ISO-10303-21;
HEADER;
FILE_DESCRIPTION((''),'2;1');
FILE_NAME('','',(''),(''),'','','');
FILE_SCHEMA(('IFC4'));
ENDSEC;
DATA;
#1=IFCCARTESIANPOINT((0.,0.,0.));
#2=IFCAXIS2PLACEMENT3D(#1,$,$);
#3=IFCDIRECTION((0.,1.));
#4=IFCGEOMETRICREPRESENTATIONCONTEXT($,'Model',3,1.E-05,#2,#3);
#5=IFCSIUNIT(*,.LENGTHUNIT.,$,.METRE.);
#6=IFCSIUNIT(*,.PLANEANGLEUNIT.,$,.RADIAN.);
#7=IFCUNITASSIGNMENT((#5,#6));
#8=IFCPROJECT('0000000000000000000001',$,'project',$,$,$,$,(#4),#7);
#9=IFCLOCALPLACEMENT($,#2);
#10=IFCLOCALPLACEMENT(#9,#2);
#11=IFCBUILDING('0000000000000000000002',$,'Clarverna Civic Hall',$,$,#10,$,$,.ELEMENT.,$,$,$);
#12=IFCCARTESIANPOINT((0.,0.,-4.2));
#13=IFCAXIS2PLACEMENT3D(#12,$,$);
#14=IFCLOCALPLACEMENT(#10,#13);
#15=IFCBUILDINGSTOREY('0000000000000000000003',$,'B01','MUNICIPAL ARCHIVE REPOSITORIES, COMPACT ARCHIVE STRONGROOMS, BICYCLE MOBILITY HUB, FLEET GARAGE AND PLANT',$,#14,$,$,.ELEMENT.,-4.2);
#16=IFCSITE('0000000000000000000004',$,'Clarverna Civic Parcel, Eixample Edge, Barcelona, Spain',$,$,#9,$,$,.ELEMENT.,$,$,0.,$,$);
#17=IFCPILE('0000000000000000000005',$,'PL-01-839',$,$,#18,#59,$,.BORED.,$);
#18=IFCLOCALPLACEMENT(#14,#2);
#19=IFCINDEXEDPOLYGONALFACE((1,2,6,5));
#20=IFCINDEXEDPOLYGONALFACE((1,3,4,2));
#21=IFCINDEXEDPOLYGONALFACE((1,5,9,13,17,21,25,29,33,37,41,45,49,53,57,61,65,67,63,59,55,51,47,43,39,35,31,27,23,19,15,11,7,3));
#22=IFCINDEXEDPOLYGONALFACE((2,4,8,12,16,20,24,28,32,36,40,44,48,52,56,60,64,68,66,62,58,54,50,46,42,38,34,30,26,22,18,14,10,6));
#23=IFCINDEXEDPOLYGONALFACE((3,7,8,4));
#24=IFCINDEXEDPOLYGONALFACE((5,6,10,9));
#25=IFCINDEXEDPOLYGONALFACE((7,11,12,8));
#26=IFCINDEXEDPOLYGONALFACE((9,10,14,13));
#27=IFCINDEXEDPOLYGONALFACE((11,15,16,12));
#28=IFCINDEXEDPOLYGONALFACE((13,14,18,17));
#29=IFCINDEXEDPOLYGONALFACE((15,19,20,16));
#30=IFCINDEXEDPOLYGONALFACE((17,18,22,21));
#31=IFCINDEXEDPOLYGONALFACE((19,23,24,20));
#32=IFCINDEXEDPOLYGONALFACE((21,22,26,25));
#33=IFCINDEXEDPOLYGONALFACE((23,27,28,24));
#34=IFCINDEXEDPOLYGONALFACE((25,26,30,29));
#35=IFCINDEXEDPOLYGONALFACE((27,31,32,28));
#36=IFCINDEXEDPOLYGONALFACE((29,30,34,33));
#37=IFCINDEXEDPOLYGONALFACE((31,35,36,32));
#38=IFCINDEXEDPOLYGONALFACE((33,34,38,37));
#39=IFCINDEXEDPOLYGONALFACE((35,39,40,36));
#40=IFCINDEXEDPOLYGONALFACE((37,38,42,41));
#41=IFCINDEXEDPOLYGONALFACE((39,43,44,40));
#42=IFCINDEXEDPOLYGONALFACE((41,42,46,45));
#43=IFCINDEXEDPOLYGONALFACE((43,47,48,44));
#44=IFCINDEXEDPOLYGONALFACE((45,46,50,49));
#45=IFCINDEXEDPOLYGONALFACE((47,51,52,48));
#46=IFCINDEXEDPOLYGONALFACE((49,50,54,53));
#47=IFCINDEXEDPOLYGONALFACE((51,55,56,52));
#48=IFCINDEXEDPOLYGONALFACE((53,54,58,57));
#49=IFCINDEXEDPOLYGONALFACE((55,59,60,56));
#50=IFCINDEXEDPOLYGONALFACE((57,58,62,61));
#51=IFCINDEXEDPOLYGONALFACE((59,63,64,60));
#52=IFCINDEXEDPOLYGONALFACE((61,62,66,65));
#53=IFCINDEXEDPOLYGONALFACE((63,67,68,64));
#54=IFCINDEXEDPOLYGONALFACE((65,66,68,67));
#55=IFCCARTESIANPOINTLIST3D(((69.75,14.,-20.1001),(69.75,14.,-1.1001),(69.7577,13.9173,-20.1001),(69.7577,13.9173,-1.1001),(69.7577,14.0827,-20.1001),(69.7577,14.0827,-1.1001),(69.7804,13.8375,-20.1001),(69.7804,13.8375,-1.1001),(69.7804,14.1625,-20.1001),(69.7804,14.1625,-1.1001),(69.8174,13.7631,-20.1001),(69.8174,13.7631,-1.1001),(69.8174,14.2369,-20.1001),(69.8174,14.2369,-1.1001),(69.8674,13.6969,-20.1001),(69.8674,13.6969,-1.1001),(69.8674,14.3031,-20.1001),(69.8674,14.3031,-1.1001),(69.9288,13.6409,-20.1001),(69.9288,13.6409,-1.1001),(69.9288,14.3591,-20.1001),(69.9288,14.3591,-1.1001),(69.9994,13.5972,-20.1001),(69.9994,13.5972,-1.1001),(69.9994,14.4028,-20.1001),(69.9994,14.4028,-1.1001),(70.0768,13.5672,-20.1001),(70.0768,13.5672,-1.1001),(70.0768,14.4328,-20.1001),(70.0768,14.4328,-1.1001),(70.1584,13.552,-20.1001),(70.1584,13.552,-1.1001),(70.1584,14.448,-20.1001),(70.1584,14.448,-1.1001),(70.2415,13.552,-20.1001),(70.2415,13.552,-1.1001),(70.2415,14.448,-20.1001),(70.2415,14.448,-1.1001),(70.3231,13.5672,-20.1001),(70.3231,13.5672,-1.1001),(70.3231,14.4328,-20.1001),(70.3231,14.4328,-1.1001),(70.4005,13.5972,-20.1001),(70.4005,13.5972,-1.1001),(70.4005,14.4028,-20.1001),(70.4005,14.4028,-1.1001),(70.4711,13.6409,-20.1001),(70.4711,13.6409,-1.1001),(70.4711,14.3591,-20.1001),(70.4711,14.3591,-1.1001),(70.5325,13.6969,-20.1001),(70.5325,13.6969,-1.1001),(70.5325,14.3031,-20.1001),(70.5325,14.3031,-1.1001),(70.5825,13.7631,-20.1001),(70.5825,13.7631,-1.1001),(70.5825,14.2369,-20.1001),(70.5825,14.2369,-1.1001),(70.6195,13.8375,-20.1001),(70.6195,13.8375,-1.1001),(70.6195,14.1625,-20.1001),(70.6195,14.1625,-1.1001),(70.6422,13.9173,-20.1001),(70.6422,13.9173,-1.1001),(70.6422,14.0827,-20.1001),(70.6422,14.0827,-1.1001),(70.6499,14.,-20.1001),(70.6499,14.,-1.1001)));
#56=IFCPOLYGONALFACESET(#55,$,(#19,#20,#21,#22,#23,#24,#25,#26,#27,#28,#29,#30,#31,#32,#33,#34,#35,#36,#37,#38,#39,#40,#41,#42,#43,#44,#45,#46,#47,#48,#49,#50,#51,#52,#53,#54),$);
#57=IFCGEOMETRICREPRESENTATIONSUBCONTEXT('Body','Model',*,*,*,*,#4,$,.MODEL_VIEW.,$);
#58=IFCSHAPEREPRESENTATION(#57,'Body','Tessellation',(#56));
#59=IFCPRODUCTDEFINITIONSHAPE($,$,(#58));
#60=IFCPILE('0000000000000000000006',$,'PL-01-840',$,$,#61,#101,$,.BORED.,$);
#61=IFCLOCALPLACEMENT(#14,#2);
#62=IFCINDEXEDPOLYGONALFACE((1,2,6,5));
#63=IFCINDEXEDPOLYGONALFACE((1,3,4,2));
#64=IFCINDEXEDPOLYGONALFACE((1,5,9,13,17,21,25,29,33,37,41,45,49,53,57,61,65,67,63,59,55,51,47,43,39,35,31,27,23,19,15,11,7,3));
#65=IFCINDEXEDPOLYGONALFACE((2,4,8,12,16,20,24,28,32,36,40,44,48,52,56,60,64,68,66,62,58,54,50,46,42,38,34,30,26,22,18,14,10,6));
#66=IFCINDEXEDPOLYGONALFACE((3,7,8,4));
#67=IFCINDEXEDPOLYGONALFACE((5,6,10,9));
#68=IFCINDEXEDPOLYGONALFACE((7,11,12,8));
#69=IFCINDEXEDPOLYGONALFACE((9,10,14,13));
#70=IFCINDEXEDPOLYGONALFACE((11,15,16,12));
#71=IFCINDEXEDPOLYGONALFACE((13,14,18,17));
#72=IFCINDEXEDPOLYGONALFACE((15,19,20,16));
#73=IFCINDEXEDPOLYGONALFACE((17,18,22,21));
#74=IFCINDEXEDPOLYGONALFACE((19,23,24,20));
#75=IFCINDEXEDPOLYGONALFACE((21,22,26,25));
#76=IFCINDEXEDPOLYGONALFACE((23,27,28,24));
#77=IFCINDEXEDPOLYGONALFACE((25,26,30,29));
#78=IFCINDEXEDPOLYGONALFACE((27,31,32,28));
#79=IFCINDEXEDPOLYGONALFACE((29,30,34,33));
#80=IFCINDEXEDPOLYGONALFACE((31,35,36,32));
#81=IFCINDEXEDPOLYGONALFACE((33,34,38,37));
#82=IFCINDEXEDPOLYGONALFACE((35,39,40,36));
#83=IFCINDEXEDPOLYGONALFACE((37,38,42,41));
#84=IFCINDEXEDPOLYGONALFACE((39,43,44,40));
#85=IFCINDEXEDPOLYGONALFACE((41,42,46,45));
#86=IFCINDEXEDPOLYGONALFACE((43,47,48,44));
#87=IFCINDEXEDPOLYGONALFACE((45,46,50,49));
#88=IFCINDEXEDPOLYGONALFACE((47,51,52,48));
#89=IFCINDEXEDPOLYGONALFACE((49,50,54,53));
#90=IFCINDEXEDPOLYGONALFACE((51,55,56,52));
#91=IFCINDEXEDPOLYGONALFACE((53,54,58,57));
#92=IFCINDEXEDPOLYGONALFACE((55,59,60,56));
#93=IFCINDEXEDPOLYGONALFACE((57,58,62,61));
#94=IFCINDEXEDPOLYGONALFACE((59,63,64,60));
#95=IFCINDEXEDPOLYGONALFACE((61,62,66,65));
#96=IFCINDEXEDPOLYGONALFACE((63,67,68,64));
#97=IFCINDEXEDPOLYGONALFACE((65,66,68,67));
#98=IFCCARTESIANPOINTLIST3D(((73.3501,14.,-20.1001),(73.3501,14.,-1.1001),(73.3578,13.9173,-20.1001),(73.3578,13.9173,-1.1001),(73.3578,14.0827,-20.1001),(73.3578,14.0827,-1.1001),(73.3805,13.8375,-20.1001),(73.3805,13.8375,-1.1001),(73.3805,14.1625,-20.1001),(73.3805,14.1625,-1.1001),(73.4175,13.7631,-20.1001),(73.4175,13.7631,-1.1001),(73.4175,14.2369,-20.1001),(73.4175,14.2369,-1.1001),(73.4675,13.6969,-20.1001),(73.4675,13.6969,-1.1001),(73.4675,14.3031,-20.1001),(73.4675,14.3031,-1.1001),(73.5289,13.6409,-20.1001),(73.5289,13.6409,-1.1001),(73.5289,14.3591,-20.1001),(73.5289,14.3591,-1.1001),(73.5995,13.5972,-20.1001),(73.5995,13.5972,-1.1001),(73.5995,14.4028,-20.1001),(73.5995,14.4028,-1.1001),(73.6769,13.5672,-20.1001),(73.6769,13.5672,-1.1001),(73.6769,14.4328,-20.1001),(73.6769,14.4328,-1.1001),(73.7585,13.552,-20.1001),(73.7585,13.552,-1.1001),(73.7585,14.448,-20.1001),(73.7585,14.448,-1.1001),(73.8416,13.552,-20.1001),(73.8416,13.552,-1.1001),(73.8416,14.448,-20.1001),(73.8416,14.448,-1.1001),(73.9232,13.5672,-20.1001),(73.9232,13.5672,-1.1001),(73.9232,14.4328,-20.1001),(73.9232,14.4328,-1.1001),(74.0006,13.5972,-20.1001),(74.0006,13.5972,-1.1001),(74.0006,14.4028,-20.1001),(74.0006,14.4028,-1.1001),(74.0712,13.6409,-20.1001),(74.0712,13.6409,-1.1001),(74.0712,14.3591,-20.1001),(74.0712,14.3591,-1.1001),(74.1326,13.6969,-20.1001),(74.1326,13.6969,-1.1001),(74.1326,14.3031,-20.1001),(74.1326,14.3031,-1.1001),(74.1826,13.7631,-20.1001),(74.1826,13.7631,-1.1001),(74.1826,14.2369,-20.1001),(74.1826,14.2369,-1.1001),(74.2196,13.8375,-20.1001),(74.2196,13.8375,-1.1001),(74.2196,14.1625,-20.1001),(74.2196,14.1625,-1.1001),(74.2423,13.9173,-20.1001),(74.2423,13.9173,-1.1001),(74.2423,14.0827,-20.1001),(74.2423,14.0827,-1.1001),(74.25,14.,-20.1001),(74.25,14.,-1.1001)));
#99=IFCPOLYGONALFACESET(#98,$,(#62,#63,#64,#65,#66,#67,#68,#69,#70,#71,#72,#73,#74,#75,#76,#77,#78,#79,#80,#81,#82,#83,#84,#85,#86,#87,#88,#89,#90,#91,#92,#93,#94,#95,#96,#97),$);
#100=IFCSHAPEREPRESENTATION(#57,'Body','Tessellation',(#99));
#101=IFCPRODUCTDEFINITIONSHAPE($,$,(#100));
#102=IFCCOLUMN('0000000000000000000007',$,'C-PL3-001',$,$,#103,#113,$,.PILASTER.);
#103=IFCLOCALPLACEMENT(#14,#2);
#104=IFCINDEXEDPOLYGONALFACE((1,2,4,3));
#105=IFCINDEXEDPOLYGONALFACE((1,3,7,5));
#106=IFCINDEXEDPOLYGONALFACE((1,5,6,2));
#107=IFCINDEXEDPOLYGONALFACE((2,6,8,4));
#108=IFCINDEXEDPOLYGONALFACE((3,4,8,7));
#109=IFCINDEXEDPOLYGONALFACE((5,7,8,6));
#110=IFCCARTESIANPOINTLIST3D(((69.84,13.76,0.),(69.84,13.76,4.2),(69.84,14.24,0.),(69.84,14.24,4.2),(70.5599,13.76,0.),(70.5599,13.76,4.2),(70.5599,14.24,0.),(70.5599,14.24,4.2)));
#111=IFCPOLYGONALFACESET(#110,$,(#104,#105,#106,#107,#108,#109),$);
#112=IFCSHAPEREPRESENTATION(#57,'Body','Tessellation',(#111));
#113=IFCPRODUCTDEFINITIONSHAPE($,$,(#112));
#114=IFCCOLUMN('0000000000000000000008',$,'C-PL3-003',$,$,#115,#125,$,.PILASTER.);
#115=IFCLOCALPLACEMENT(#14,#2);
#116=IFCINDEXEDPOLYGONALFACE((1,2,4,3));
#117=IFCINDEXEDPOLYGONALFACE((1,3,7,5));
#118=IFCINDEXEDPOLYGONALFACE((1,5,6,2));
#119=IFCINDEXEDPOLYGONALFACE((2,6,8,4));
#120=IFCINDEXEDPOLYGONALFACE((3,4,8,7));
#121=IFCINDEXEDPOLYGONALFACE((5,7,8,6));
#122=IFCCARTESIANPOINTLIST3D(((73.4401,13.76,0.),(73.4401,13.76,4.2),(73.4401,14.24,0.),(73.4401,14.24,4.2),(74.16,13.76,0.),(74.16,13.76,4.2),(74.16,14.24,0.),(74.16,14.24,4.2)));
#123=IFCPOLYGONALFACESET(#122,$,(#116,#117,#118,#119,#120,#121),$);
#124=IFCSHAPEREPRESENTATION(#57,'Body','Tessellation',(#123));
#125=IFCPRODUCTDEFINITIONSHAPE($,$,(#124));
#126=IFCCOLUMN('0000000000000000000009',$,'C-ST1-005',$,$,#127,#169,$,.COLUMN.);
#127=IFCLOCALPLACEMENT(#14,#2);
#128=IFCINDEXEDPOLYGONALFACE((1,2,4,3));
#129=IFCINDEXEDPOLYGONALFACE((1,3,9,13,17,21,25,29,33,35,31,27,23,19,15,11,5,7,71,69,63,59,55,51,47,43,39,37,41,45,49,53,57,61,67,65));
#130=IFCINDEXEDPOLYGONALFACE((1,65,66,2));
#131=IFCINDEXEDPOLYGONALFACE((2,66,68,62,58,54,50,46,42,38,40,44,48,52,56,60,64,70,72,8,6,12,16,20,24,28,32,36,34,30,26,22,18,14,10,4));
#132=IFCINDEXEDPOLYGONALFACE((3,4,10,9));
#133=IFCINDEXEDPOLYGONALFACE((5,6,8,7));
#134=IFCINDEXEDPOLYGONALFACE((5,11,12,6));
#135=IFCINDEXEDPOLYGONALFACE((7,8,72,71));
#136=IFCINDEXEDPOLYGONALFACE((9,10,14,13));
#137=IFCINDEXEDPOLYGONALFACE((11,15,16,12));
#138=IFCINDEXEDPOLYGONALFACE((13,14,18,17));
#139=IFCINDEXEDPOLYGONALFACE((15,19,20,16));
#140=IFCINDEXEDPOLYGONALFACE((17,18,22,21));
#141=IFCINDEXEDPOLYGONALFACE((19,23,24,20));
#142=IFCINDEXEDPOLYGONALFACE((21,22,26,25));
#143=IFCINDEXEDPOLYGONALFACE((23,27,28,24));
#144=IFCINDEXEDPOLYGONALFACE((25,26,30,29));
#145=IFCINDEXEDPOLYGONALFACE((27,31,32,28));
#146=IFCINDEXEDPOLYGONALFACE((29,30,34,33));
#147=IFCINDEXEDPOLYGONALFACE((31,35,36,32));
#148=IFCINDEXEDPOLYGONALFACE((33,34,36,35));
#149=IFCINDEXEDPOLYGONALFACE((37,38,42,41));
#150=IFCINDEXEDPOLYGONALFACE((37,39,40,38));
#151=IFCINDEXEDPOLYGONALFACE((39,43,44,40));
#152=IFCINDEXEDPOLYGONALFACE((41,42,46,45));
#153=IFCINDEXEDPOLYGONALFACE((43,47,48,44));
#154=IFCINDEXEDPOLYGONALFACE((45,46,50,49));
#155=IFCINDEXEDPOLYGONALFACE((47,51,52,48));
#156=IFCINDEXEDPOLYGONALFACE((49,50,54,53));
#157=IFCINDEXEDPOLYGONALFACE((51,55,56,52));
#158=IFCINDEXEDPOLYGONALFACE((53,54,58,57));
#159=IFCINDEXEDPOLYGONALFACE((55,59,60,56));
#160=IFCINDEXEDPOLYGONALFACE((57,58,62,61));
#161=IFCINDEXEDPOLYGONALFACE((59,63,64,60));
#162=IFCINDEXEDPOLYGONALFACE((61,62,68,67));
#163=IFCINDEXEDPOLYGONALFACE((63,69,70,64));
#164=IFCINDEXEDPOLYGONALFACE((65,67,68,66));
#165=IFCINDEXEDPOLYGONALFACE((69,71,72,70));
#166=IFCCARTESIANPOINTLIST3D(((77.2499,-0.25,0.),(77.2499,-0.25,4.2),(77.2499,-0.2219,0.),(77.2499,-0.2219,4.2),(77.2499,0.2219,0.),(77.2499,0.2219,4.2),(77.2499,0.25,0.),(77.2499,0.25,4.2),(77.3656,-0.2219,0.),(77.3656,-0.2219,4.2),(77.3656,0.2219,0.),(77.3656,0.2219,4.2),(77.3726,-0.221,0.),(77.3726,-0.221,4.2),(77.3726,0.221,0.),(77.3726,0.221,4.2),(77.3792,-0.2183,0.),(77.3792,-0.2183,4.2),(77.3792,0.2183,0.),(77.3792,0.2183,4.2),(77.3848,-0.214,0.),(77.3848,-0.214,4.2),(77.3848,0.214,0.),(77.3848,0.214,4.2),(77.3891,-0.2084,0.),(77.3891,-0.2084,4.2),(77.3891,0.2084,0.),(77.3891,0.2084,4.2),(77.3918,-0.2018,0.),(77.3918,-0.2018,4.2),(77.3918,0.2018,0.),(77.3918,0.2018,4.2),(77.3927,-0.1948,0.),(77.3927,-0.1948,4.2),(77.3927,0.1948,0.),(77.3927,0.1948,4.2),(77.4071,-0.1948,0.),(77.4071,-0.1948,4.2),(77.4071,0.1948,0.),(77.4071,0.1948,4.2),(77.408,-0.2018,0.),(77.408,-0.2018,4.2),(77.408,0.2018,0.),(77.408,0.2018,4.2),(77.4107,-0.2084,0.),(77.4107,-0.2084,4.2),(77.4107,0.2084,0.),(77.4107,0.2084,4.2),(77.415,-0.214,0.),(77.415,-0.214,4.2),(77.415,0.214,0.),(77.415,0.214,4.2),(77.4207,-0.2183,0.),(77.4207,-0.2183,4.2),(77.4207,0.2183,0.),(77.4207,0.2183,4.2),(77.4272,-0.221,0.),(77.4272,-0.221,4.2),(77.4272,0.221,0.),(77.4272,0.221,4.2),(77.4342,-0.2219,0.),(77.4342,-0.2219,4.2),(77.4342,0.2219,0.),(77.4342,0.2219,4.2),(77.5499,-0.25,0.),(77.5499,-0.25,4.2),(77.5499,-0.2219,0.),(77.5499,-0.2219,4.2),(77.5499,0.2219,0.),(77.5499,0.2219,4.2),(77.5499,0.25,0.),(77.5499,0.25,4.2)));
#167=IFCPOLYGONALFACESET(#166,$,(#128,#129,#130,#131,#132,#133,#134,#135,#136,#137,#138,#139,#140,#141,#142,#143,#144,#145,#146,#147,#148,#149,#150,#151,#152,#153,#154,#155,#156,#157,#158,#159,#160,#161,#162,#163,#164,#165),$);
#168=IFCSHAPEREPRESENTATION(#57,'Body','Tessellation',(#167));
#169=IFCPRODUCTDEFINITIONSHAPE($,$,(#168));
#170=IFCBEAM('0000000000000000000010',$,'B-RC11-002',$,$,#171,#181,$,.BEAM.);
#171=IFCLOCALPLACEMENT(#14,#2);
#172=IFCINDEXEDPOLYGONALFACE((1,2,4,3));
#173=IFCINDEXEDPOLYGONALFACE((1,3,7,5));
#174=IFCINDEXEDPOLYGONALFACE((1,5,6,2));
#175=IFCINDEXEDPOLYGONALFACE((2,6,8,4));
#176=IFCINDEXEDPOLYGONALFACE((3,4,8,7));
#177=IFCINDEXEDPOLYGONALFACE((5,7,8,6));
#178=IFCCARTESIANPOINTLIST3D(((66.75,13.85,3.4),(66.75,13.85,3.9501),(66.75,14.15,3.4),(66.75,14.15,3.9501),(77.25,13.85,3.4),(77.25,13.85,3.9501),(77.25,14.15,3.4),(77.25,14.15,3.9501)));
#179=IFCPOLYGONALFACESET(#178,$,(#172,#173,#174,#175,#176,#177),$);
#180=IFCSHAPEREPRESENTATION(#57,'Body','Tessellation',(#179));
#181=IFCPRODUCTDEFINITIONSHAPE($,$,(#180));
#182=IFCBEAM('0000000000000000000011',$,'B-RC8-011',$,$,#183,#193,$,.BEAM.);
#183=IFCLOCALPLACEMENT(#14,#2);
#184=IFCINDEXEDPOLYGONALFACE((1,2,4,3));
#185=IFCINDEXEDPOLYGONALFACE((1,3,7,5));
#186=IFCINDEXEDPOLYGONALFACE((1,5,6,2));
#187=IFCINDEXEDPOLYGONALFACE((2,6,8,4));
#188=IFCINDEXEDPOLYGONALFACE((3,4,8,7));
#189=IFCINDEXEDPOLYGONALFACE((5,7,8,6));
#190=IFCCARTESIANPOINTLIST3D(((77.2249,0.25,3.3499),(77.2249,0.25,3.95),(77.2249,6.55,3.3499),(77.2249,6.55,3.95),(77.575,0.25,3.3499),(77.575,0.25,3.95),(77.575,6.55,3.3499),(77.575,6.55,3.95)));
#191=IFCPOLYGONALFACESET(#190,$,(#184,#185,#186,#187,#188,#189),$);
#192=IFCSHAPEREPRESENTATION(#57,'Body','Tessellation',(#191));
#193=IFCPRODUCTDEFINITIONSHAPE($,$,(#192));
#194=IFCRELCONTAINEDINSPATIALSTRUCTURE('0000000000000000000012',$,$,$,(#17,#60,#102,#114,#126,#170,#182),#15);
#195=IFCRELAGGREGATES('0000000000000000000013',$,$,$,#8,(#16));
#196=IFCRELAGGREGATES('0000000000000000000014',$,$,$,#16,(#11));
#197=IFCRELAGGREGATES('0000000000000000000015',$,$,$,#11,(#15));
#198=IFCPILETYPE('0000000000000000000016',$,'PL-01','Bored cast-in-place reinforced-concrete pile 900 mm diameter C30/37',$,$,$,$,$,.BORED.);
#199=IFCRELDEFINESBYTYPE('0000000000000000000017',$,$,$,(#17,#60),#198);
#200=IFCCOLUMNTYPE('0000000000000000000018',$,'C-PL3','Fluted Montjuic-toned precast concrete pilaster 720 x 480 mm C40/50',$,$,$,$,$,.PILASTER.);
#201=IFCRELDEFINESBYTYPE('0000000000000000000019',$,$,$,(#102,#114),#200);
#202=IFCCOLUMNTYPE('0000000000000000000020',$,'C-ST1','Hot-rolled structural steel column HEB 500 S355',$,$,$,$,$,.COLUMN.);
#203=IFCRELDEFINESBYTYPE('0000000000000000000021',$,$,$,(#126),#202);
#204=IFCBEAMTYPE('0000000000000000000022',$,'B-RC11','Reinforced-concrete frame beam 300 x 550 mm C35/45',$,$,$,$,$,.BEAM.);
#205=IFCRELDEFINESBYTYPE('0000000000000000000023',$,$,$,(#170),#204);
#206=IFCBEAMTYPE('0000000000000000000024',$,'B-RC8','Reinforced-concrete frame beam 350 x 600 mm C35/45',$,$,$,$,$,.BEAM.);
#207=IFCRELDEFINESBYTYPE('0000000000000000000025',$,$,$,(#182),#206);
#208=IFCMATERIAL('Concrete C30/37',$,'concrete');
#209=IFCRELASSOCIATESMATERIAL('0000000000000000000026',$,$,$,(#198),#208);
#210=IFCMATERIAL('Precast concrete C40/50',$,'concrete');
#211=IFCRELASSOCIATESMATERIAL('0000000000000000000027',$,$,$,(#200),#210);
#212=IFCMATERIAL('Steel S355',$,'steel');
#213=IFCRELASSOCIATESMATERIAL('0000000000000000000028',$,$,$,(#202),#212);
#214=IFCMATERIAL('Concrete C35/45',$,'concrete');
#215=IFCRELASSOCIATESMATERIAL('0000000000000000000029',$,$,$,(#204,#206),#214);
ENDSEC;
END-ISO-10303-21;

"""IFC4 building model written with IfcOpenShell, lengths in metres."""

from ifc_helpers import new_model, si_unit, direction, frame, origin, origin_2d, place, context, subcontext, project, spatial, rectangle, circle, i_section, extrude, material, material_profile, profile_set, type_object, element, save


model = new_model("IFC4")

# Units and contexts
model_context = context("Model", 3, precision=1e-05, world=origin(), true_north=direction((0.0, 1.0)))
body_context = subcontext(model_context, "Body", "Model", "MODEL_VIEW")
ifc_project = project(units=[si_unit("LENGTHUNIT", "METRE"), si_unit("PLANEANGLEUNIT", "RADIAN")], contexts=[model_context])

# Site, building, storey
site_placement = place(None, origin())
site = spatial("IfcSite", under=ifc_project, at=site_placement, Name="Clarverna Civic Parcel, Eixample Edge, Barcelona, Spain", CompositionType="ELEMENT", RefElevation=0.0)
building_placement = place(site_placement, origin())
building = spatial("IfcBuilding", under=site, at=building_placement, Name="Clarverna Civic Hall", CompositionType="ELEMENT")
storey_placement = place(building_placement, frame((0.0, 0.0, -4.2)))
storey = spatial("IfcBuildingStorey", under=building, at=storey_placement, Name="B01", Description="MUNICIPAL ARCHIVE REPOSITORIES, COMPACT ARCHIVE STRONGROOMS, BICYCLE MOBILITY HUB, FLEET GARAGE AND PLANT", CompositionType="ELEMENT", Elevation=-4.2)

# Shared definitions
ifc_material_1 = material(Name="Concrete C30/37", Category="concrete")

# Piles
ifc_material_profile_1 = material_profile(ifc_material_1, circle(Radius=0.45, at=origin_2d()), Name="BORED PILE D900")
ifc_profile_set_1 = profile_set([ifc_material_profile_1], Name="Concrete C30/37")
pile_type = type_object("IfcPileType", Name="PL-01", Description="Bored cast-in-place reinforced-concrete pile 900 mm diameter C30/37", PredefinedType="BORED", material=ifc_profile_set_1)
for number, where, z_axis, x_axis, name in (
    (1, (70.2, 14.0, -1.1001), (0.0, 0.0, -1.0), (1.0, 0.0, 0.0), "PL-01-839"),
    (2, (73.8, 14.0, -1.1001), (0.0, 0.0, -1.0), (1.0, 0.0, 0.0), "PL-01-840"),
):
    element("IfcPile", number, at=place(storey_placement, frame(where, z_axis=z_axis, x_axis=x_axis)), inside=storey, type_object=pile_type, Name=name, PredefinedType="BORED", context=body_context, shape_type="SweptSolid", body=[
        extrude(circle(Radius=0.45, at=origin_2d()), origin(), (0.0, 0.0, 1.0), 19.0),
    ])

# Columns
ifc_material_2 = material(Name="Precast concrete C40/50", Category="concrete")
ifc_material_profile_2 = material_profile(ifc_material_2, rectangle(XDim=0.72, YDim=0.48, at=origin_2d()), Name="PILASTER 720x480")
ifc_profile_set_2 = profile_set([ifc_material_profile_2], Name="Precast concrete C40/50")
column_type_1 = type_object("IfcColumnType", Name="C-PL3", Description="Fluted Montjuic-toned precast concrete pilaster 720 x 480 mm C40/50", PredefinedType="PILASTER", material=ifc_profile_set_2)
for number, where, z_axis, x_axis, name in (
    (3, (70.2, 14.0, 0.0), (0.0, 0.0, 1.0), (1.0, 0.0, 0.0), "C-PL3-001"),
    (4, (73.8, 14.0, 0.0), (0.0, 0.0, 1.0), (1.0, 0.0, 0.0), "C-PL3-003"),
):
    element("IfcColumn", number, at=place(storey_placement, frame(where, z_axis=z_axis, x_axis=x_axis)), inside=storey, type_object=column_type_1, Name=name, PredefinedType="PILASTER", context=body_context, shape_type="SweptSolid", body=[
        extrude(rectangle(XDim=0.72, YDim=0.48, at=origin_2d()), origin(), (0.0, 0.0, 1.0), 4.2),
    ])
ifc_material_3 = material(Name="Steel S355", Category="steel")
ifc_material_profile_3 = material_profile(ifc_material_3, i_section(OverallWidth=0.3, OverallDepth=0.5, WebThickness=0.0144, FlangeThickness=0.0281, FilletRadius=0.0271, at=origin_2d()), Name="HEB 500")
ifc_profile_set_3 = profile_set([ifc_material_profile_3], Name="Steel S355")
column_type_2 = type_object("IfcColumnType", Name="C-ST1", Description="Hot-rolled structural steel column HEB 500 S355", PredefinedType="COLUMN", material=ifc_profile_set_3)
column_placement = place(storey_placement, frame((77.3999, 0.0, 0.0), z_axis=(0.0, 0.0, 1.0), x_axis=(1.0, 0.0, 0.0)))
element("IfcColumn", 5, at=column_placement, inside=storey, type_object=column_type_2, Name="C-ST1-005", PredefinedType="COLUMN", context=body_context, shape_type="SweptSolid", body=[
    extrude(i_section(OverallWidth=0.3, OverallDepth=0.5, WebThickness=0.0144, FlangeThickness=0.0281, FilletRadius=0.0271, at=origin_2d()), origin(), (0.0, 0.0, 1.0), 4.2),
])

# Beams
ifc_material_4 = material(Name="Concrete C35/45", Category="concrete")
ifc_material_profile_4 = material_profile(ifc_material_4, rectangle(XDim=0.3, YDim=0.55, at=origin_2d()), Name="RC 300x550")
ifc_profile_set_4 = profile_set([ifc_material_profile_4], Name="Concrete C35/45")
beam_type_1 = type_object("IfcBeamType", Name="B-RC11", Description="Reinforced-concrete frame beam 300 x 550 mm C35/45", PredefinedType="BEAM", material=ifc_profile_set_4)
beam_1_placement = place(storey_placement, frame((66.75, 14.0, 3.675), z_axis=(1.0, 0.0, 0.0), x_axis=(0.0, 1.0, 0.0)))
element("IfcBeam", 6, at=beam_1_placement, inside=storey, type_object=beam_type_1, Name="B-RC11-002", PredefinedType="BEAM", context=body_context, shape_type="SweptSolid", body=[
    extrude(rectangle(XDim=0.3, YDim=0.55, at=origin_2d()), origin(), (0.0, 0.0, 1.0), 10.5),
])
ifc_material_profile_5 = material_profile(ifc_material_4, rectangle(XDim=0.3501, YDim=0.6001, at=origin_2d()), Name="RC 350x600")
ifc_profile_set_5 = profile_set([ifc_material_profile_5], Name="Concrete C35/45")
beam_type_2 = type_object("IfcBeamType", Name="B-RC8", Description="Reinforced-concrete frame beam 350 x 600 mm C35/45", PredefinedType="BEAM", material=ifc_profile_set_5)
beam_2_placement = place(storey_placement, frame((77.3999, 0.25, 3.6499), z_axis=(0.0, 1.0, 0.0), x_axis=(-1.0, 0.0, 0.0)))
element("IfcBeam", 7, at=beam_2_placement, inside=storey, type_object=beam_type_2, Name="B-RC8-011", PredefinedType="BEAM", context=body_context, shape_type="SweptSolid", body=[
    extrude(rectangle(XDim=0.3501, YDim=0.6001, at=origin_2d()), origin(), (0.0, 0.0, 1.0), 6.3),
])

save(model, "model.ifc")
